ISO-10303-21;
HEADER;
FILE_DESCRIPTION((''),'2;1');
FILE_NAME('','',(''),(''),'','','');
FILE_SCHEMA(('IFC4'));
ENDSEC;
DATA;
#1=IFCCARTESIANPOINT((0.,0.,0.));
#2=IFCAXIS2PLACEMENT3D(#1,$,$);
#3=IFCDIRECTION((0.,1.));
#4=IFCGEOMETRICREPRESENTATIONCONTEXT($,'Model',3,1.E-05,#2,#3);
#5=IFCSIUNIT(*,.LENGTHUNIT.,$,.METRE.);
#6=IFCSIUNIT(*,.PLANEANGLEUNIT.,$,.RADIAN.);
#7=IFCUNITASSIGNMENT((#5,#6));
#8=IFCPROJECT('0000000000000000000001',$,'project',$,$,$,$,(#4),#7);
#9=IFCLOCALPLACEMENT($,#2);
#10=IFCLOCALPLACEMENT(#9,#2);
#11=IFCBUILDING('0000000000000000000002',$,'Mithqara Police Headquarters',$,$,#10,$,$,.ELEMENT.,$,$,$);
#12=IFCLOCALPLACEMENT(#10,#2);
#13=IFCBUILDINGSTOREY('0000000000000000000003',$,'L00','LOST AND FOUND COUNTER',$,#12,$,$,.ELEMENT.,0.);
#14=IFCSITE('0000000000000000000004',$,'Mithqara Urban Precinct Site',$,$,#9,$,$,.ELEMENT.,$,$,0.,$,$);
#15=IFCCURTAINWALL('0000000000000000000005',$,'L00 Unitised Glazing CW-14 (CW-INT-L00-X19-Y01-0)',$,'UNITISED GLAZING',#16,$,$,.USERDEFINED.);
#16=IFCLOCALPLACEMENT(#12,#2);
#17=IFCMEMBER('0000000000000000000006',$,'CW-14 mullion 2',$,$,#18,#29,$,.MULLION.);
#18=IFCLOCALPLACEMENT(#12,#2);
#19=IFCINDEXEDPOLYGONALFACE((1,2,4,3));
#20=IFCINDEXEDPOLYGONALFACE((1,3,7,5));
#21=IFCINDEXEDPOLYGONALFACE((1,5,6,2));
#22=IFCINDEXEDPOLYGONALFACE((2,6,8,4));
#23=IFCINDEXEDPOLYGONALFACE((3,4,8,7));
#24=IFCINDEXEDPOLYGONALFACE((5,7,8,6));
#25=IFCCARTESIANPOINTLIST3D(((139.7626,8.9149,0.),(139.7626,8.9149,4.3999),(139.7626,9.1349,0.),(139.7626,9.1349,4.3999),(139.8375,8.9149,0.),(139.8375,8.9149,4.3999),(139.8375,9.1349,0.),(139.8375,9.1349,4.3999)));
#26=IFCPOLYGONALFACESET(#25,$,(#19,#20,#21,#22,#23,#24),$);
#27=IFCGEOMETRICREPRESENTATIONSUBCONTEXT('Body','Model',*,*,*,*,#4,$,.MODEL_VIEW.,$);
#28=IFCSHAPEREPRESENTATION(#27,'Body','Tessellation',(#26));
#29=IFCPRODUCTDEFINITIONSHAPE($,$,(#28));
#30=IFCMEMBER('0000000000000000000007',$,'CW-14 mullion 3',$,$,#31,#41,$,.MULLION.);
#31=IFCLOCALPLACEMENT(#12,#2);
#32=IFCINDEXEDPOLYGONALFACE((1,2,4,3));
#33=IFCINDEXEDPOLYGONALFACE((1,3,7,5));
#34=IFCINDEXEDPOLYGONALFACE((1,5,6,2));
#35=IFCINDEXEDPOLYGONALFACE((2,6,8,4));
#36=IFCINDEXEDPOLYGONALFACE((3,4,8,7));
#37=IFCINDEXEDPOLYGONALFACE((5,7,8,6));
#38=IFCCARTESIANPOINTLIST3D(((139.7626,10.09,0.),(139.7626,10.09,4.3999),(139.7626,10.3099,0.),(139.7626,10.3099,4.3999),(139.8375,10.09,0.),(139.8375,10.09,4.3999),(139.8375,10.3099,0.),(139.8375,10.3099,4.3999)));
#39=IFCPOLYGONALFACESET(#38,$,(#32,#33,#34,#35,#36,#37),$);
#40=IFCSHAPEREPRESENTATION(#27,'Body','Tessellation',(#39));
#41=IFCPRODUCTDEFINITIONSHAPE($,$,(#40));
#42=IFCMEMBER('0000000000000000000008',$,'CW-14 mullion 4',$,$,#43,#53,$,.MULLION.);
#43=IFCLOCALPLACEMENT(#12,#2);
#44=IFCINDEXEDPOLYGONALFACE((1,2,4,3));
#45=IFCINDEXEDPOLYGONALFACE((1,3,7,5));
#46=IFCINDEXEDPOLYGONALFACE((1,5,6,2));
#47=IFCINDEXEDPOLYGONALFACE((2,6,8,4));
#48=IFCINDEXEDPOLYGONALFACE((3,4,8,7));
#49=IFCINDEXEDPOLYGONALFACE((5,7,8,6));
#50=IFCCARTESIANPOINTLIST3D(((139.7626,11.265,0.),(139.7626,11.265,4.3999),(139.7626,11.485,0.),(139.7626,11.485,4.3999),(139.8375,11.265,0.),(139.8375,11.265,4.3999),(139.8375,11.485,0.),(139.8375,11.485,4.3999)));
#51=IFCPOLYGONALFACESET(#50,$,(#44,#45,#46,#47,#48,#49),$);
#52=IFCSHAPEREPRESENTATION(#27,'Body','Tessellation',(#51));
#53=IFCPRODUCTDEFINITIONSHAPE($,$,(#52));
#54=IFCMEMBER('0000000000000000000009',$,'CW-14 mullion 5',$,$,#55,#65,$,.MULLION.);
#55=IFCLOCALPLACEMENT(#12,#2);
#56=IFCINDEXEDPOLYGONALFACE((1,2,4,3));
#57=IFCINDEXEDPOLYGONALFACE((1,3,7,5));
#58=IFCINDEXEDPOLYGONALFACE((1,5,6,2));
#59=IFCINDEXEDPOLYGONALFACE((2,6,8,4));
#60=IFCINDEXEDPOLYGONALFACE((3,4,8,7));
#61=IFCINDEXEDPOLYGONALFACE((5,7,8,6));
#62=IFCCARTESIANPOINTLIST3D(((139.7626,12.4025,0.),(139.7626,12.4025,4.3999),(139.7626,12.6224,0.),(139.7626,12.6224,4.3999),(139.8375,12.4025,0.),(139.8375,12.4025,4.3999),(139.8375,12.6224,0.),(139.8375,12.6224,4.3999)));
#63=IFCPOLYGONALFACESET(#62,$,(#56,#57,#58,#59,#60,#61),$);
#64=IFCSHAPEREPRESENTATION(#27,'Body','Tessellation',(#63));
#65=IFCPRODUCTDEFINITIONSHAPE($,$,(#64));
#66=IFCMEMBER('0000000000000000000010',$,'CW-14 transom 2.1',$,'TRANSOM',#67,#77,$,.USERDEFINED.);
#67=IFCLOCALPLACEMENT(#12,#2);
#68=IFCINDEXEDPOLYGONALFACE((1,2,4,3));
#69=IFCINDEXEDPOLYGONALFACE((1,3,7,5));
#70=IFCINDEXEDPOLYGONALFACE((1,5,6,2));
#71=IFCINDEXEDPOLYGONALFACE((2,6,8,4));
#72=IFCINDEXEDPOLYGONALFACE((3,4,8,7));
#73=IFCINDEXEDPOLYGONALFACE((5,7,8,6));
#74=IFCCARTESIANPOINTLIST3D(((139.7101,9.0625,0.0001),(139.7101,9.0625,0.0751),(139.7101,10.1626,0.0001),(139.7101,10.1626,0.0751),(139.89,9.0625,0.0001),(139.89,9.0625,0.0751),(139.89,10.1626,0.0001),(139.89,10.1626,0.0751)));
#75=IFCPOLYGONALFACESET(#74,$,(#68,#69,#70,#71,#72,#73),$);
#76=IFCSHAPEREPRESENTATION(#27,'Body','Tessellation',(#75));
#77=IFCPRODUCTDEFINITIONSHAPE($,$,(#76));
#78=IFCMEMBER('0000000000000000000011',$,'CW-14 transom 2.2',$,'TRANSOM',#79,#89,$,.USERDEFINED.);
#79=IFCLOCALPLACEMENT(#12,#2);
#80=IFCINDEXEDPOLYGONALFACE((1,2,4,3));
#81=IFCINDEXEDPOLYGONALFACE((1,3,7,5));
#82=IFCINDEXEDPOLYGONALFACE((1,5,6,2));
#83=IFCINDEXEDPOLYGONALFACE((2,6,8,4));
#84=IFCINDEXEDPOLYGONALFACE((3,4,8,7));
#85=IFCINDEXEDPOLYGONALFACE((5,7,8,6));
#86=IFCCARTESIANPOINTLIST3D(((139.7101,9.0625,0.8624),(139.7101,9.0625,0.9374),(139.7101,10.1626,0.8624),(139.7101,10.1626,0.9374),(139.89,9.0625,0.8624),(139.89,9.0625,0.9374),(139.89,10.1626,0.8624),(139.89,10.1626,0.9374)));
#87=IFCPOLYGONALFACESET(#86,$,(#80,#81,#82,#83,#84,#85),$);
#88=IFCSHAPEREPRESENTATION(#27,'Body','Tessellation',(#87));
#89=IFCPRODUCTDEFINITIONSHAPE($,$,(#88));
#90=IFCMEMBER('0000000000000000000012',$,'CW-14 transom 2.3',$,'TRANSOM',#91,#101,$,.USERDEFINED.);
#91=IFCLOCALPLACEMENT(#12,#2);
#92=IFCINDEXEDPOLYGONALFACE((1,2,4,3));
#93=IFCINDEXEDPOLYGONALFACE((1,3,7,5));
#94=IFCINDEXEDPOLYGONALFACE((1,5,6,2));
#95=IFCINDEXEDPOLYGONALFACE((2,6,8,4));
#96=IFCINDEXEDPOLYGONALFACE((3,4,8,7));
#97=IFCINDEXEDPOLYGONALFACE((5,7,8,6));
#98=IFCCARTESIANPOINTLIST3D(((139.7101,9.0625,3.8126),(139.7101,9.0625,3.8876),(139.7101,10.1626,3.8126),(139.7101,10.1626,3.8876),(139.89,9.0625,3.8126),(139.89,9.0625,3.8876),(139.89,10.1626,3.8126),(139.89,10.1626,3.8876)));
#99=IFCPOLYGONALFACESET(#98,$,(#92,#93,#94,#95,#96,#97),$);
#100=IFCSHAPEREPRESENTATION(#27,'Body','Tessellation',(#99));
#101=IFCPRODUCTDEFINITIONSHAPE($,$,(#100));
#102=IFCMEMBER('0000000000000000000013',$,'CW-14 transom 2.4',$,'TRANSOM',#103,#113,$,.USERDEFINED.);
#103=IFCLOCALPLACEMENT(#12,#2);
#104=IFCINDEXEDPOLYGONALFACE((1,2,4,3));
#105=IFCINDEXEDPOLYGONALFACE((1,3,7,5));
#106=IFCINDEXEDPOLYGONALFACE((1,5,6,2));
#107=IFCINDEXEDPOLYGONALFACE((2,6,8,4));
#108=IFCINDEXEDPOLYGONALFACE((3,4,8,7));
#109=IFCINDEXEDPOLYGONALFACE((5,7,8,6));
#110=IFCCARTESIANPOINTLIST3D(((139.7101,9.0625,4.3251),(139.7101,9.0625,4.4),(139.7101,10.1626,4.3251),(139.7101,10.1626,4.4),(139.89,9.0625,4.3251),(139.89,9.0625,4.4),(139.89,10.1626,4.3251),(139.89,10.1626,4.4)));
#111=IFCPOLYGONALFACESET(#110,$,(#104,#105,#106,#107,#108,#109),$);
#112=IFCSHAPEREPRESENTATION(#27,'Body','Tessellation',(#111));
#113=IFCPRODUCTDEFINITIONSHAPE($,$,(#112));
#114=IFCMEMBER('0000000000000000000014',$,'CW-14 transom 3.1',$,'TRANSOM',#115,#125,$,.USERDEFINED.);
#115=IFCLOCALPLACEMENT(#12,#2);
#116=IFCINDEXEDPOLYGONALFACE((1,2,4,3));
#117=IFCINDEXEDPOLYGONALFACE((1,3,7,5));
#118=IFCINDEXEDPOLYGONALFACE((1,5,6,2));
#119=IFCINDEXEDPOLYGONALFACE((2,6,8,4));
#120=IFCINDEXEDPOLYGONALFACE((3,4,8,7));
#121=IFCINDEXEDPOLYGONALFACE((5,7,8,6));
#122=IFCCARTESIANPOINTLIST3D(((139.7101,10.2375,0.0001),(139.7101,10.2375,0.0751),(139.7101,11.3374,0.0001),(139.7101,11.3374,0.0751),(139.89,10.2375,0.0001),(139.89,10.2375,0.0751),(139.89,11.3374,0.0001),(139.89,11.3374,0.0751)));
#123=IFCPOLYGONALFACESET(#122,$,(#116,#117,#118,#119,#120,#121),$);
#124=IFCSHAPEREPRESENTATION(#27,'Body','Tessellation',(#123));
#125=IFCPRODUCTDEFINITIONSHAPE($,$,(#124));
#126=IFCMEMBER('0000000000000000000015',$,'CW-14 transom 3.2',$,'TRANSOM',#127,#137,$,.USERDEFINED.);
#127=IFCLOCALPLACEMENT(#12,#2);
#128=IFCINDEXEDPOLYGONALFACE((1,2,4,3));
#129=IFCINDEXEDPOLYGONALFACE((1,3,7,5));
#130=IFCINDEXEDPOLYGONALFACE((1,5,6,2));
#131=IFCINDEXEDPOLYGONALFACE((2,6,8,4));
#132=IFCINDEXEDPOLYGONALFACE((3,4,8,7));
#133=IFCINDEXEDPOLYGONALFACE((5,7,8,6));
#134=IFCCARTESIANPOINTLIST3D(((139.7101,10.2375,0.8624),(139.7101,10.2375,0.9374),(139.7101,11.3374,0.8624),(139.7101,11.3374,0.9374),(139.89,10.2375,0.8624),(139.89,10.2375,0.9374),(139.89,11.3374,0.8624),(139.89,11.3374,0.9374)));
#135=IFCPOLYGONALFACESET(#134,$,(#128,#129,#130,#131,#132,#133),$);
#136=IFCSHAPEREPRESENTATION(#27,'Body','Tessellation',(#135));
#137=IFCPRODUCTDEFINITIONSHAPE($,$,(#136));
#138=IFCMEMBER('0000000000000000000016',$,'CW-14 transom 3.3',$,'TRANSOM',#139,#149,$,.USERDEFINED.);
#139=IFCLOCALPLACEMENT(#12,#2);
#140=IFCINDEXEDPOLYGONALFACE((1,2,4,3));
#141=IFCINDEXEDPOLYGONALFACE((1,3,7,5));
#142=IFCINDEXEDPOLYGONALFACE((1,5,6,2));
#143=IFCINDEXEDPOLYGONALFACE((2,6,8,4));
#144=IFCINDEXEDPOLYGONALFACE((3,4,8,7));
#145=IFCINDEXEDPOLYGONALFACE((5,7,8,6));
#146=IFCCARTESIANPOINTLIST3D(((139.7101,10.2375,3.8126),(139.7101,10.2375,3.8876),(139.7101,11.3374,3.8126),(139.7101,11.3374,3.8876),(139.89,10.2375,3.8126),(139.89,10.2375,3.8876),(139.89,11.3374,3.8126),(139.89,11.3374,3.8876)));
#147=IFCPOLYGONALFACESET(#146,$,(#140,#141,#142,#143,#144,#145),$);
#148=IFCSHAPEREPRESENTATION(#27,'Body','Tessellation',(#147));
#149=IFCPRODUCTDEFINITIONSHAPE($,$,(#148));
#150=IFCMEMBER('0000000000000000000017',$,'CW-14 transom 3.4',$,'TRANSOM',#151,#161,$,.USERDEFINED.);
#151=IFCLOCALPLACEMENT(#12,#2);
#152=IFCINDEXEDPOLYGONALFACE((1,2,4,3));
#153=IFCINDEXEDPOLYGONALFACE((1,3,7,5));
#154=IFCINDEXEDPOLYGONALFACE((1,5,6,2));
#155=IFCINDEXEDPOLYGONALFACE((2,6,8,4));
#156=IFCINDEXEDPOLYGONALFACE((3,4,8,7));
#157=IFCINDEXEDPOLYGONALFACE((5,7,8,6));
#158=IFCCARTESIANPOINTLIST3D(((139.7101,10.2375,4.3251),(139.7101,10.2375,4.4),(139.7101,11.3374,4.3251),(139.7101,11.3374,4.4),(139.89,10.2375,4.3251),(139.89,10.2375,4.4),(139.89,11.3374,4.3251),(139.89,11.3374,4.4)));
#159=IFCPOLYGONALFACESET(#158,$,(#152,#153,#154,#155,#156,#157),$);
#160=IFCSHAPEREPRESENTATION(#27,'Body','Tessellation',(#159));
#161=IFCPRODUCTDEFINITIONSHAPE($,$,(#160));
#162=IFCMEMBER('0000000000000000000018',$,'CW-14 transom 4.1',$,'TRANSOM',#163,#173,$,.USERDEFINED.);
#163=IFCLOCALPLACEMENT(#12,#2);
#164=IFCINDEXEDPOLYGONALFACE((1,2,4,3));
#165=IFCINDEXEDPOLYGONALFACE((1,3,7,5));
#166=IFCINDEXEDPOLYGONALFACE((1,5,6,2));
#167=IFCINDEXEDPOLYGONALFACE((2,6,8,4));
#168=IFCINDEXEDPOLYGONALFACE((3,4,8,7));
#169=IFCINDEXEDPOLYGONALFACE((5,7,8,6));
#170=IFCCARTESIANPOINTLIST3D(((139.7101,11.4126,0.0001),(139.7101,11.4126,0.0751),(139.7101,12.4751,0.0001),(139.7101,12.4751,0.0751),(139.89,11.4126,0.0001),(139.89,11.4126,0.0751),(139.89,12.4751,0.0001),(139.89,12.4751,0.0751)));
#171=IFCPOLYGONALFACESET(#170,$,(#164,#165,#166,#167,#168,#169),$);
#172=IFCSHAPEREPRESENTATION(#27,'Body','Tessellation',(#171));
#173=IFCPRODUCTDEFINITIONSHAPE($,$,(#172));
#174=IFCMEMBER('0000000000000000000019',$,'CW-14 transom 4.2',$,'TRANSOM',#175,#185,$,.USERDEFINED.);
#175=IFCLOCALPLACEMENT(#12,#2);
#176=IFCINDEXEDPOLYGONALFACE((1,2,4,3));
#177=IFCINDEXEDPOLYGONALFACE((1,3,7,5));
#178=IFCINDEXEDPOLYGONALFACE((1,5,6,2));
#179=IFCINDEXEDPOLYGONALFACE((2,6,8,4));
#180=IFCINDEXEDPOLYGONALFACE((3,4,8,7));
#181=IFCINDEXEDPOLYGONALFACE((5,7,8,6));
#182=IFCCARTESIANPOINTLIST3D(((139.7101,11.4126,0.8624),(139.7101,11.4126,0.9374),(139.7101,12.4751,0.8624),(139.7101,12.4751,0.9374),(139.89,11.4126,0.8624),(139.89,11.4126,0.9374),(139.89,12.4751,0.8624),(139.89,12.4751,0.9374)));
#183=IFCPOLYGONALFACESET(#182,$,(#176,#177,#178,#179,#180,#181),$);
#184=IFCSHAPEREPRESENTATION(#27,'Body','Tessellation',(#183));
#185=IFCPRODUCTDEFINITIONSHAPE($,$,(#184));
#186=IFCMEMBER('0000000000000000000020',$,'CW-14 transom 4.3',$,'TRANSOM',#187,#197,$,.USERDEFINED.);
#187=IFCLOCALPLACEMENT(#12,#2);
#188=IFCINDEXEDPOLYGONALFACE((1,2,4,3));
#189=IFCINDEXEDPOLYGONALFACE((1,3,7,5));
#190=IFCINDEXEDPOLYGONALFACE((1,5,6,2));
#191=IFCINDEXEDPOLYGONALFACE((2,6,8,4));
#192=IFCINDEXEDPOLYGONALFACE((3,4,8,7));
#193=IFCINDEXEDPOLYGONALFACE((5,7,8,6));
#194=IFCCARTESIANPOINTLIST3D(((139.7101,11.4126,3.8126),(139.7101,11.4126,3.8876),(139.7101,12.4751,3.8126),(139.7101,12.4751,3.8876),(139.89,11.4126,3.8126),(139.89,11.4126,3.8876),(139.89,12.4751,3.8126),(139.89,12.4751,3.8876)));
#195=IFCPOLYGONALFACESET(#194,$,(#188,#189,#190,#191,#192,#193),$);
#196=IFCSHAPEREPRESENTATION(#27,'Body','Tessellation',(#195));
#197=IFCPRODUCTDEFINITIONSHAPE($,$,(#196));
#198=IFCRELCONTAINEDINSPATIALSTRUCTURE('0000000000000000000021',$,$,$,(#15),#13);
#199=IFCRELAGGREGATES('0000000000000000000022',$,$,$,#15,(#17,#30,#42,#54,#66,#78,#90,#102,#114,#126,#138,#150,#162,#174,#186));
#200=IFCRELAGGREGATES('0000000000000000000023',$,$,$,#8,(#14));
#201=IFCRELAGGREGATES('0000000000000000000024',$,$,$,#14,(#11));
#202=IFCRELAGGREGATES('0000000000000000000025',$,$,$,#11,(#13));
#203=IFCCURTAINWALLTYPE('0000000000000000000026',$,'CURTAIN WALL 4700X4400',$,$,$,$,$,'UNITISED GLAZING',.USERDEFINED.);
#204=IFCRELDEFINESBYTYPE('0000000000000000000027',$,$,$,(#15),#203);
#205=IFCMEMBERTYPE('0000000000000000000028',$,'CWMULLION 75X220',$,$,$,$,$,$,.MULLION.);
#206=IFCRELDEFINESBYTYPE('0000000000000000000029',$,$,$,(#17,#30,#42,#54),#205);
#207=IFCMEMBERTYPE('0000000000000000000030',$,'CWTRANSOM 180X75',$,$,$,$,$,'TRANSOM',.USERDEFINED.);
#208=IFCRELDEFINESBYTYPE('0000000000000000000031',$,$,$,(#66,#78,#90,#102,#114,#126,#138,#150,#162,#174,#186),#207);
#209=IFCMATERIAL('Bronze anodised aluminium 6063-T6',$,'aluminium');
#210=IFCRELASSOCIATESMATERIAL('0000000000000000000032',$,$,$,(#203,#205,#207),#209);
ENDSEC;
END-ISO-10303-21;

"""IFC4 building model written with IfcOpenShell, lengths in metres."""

from ifc_helpers import new_model, si_unit, direction, frame, origin, origin_2d, place, context, subcontext, project, spatial, rectangle, extrude, material, material_profile, profile_set, type_object, element, aggregate, save


model = new_model("IFC4")

# Units and contexts
model_context = context("Model", 3, precision=1e-05, world=origin(), true_north=direction((0.0, 1.0)))
body_context = subcontext(model_context, "Body", "Model", "MODEL_VIEW")
ifc_project = project(units=[si_unit("LENGTHUNIT", "METRE"), si_unit("PLANEANGLEUNIT", "RADIAN")], contexts=[model_context])

# Site, building, storey
site_placement = place(None, origin())
site = spatial("IfcSite", under=ifc_project, at=site_placement, Name="Mithqara Urban Precinct Site", CompositionType="ELEMENT", RefElevation=0.0)
building_placement = place(site_placement, origin())
building = spatial("IfcBuilding", under=site, at=building_placement, Name="Mithqara Police Headquarters", CompositionType="ELEMENT")
storey_placement = place(building_placement, origin())
storey = spatial("IfcBuildingStorey", under=building, at=storey_placement, Name="L00", Description="LOST AND FOUND COUNTER", CompositionType="ELEMENT", Elevation=0.0)

# Curtain wall, members
ifc_material_1 = material(Name="Bronze anodised aluminium 6063-T6", Category="aluminium")
curtain_wall_type = type_object("IfcCurtainWallType", Name="CURTAIN WALL 4700X4400", ElementType="UNITISED GLAZING", PredefinedType="USERDEFINED", material=ifc_material_1)
curtain_wall_placement = place(storey_placement, origin())
curtain_wall = element("IfcCurtainWall", 1, at=curtain_wall_placement, inside=storey, type_object=curtain_wall_type, Name="L00 Unitised Glazing CW-14 (CW-INT-L00-X19-Y01-0)", ObjectType="UNITISED GLAZING", PredefinedType="USERDEFINED")
ifc_material_profile_1 = material_profile(ifc_material_1, rectangle(XDim=0.075, YDim=0.22, at=origin_2d()), Name="CWM 75x220")
ifc_profile_set_1 = profile_set([ifc_material_profile_1], Name="Bronze anodised aluminium 6063-T6")
member_type_1 = type_object("IfcMemberType", Name="CWMULLION 75X220", PredefinedType="MULLION", material=ifc_profile_set_1)
member_1_placement = place(storey_placement, frame((139.8, 9.0249, 0.0), z_axis=(0.0, 0.0, 1.0), x_axis=(-1.0, 0.0, 0.0)))
member_1 = element("IfcMember", 2, at=member_1_placement, type_object=member_type_1, Name="CW-14 mullion 2", PredefinedType="MULLION", context=body_context, shape_type="SweptSolid", body=[
    extrude(rectangle(XDim=0.075, YDim=0.22, at=origin_2d()), origin(), (0.0, 0.0, 1.0), 4.3999),
])
member_2_placement = place(storey_placement, frame((139.8, 10.2, 0.0), z_axis=(0.0, 0.0, 1.0), x_axis=(-1.0, 0.0, 0.0)))
member_2 = element("IfcMember", 3, at=member_2_placement, type_object=member_type_1, Name="CW-14 mullion 3", PredefinedType="MULLION", context=body_context, shape_type="SweptSolid", body=[
    extrude(rectangle(XDim=0.075, YDim=0.22, at=origin_2d()), origin(), (0.0, 0.0, 1.0), 4.3999),
])
member_3_placement = place(storey_placement, frame((139.8, 11.375, 0.0), z_axis=(0.0, 0.0, 1.0), x_axis=(-1.0, 0.0, 0.0)))
member_3 = element("IfcMember", 4, at=member_3_placement, type_object=member_type_1, Name="CW-14 mullion 4", PredefinedType="MULLION", context=body_context, shape_type="SweptSolid", body=[
    extrude(rectangle(XDim=0.075, YDim=0.22, at=origin_2d()), origin(), (0.0, 0.0, 1.0), 4.3999),
])
member_4_placement = place(storey_placement, frame((139.8, 12.5125, 0.0), z_axis=(0.0, 0.0, 1.0), x_axis=(-1.0, 0.0, 0.0)))
member_4 = element("IfcMember", 5, at=member_4_placement, type_object=member_type_1, Name="CW-14 mullion 5", PredefinedType="MULLION", context=body_context, shape_type="SweptSolid", body=[
    extrude(rectangle(XDim=0.075, YDim=0.22, at=origin_2d()), origin(), (0.0, 0.0, 1.0), 4.3999),
])
ifc_material_profile_2 = material_profile(ifc_material_1, rectangle(XDim=0.1799, YDim=0.075, at=origin_2d()), Name="CWT 180x75")
ifc_profile_set_2 = profile_set([ifc_material_profile_2], Name="Bronze anodised aluminium 6063-T6")
member_type_2 = type_object("IfcMemberType", Name="CWTRANSOM 180X75", ElementType="TRANSOM", PredefinedType="USERDEFINED", material=ifc_profile_set_2)
member_5_placement = place(storey_placement, frame((139.8, 9.0625, 0.0376), z_axis=(0.0, 1.0, 0.0), x_axis=(-1.0, 0.0, 0.0)))
member_5 = element("IfcMember", 6, at=member_5_placement, type_object=member_type_2, Name="CW-14 transom 2.1", ObjectType="TRANSOM", PredefinedType="USERDEFINED", context=body_context, shape_type="SweptSolid", body=[
    extrude(rectangle(XDim=0.1799, YDim=0.075, at=origin_2d()), origin(), (0.0, 0.0, 1.0), 1.1001),
])
member_6_placement = place(storey_placement, frame((139.8, 9.0625, 0.8999), z_axis=(0.0, 1.0, 0.0), x_axis=(-1.0, 0.0, 0.0)))
member_6 = element("IfcMember", 7, at=member_6_placement, type_object=member_type_2, Name="CW-14 transom 2.2", ObjectType="TRANSOM", PredefinedType="USERDEFINED", context=body_context, shape_type="SweptSolid", body=[
    extrude(rectangle(XDim=0.1799, YDim=0.075, at=origin_2d()), origin(), (0.0, 0.0, 1.0), 1.1001),
])
member_7_placement = place(storey_placement, frame((139.8, 9.0625, 3.8501), z_axis=(0.0, 1.0, 0.0), x_axis=(-1.0, 0.0, 0.0)))
member_7 = element("IfcMember", 8, at=member_7_placement, type_object=member_type_2, Name="CW-14 transom 2.3", ObjectType="TRANSOM", PredefinedType="USERDEFINED", context=body_context, shape_type="SweptSolid", body=[
    extrude(rectangle(XDim=0.1799, YDim=0.075, at=origin_2d()), origin(), (0.0, 0.0, 1.0), 1.1001),
])
member_8_placement = place(storey_placement, frame((139.8, 9.0625, 4.3625), z_axis=(0.0, 1.0, 0.0), x_axis=(-1.0, 0.0, 0.0)))
member_8 = element("IfcMember", 9, at=member_8_placement, type_object=member_type_2, Name="CW-14 transom 2.4", ObjectType="TRANSOM", PredefinedType="USERDEFINED", context=body_context, shape_type="SweptSolid", body=[
    extrude(rectangle(XDim=0.1799, YDim=0.075, at=origin_2d()), origin(), (0.0, 0.0, 1.0), 1.1001),
])
member_9_placement = place(storey_placement, frame((139.8, 10.2375, 0.0376), z_axis=(0.0, 1.0, 0.0), x_axis=(-1.0, 0.0, 0.0)))
member_9 = element("IfcMember", 10, at=member_9_placement, type_object=member_type_2, Name="CW-14 transom 3.1", ObjectType="TRANSOM", PredefinedType="USERDEFINED", context=body_context, shape_type="SweptSolid", body=[
    extrude(rectangle(XDim=0.1799, YDim=0.075, at=origin_2d()), origin(), (0.0, 0.0, 1.0), 1.0999),
])
member_10_placement = place(storey_placement, frame((139.8, 10.2375, 0.8999), z_axis=(0.0, 1.0, 0.0), x_axis=(-1.0, 0.0, 0.0)))
member_10 = element("IfcMember", 11, at=member_10_placement, type_object=member_type_2, Name="CW-14 transom 3.2", ObjectType="TRANSOM", PredefinedType="USERDEFINED", context=body_context, shape_type="SweptSolid", body=[
    extrude(rectangle(XDim=0.1799, YDim=0.075, at=origin_2d()), origin(), (0.0, 0.0, 1.0), 1.0999),
])
member_11_placement = place(storey_placement, frame((139.8, 10.2375, 3.8501), z_axis=(0.0, 1.0, 0.0), x_axis=(-1.0, 0.0, 0.0)))
member_11 = element("IfcMember", 12, at=member_11_placement, type_object=member_type_2, Name="CW-14 transom 3.3", ObjectType="TRANSOM", PredefinedType="USERDEFINED", context=body_context, shape_type="SweptSolid", body=[
    extrude(rectangle(XDim=0.1799, YDim=0.075, at=origin_2d()), origin(), (0.0, 0.0, 1.0), 1.0999),
])
member_12_placement = place(storey_placement, frame((139.8, 10.2375, 4.3625), z_axis=(0.0, 1.0, 0.0), x_axis=(-1.0, 0.0, 0.0)))
member_12 = element("IfcMember", 13, at=member_12_placement, type_object=member_type_2, Name="CW-14 transom 3.4", ObjectType="TRANSOM", PredefinedType="USERDEFINED", context=body_context, shape_type="SweptSolid", body=[
    extrude(rectangle(XDim=0.1799, YDim=0.075, at=origin_2d()), origin(), (0.0, 0.0, 1.0), 1.0999),
])
member_13_placement = place(storey_placement, frame((139.8, 11.4126, 0.0376), z_axis=(0.0, 1.0, 0.0), x_axis=(-1.0, 0.0, 0.0)))
member_13 = element("IfcMember", 14, at=member_13_placement, type_object=member_type_2, Name="CW-14 transom 4.1", ObjectType="TRANSOM", PredefinedType="USERDEFINED", context=body_context, shape_type="SweptSolid", body=[
    extrude(rectangle(XDim=0.1799, YDim=0.075, at=origin_2d()), origin(), (0.0, 0.0, 1.0), 1.0625),
])
member_14_placement = place(storey_placement, frame((139.8, 11.4126, 0.8999), z_axis=(0.0, 1.0, 0.0), x_axis=(-1.0, 0.0, 0.0)))
member_14 = element("IfcMember", 15, at=member_14_placement, type_object=member_type_2, Name="CW-14 transom 4.2", ObjectType="TRANSOM", PredefinedType="USERDEFINED", context=body_context, shape_type="SweptSolid", body=[
    extrude(rectangle(XDim=0.1799, YDim=0.075, at=origin_2d()), origin(), (0.0, 0.0, 1.0), 1.0625),
])
member_15_placement = place(storey_placement, frame((139.8, 11.4126, 3.8501), z_axis=(0.0, 1.0, 0.0), x_axis=(-1.0, 0.0, 0.0)))
member_15 = element("IfcMember", 16, at=member_15_placement, type_object=member_type_2, Name="CW-14 transom 4.3", ObjectType="TRANSOM", PredefinedType="USERDEFINED", context=body_context, shape_type="SweptSolid", body=[
    extrude(rectangle(XDim=0.1799, YDim=0.075, at=origin_2d()), origin(), (0.0, 0.0, 1.0), 1.0625),
])
aggregate(curtain_wall, [member_1, member_2, member_3, member_4, member_5, member_6, member_7, member_8, member_9, member_10, member_11, member_12, member_13, member_14, member_15])

save(model, "model.ifc")
